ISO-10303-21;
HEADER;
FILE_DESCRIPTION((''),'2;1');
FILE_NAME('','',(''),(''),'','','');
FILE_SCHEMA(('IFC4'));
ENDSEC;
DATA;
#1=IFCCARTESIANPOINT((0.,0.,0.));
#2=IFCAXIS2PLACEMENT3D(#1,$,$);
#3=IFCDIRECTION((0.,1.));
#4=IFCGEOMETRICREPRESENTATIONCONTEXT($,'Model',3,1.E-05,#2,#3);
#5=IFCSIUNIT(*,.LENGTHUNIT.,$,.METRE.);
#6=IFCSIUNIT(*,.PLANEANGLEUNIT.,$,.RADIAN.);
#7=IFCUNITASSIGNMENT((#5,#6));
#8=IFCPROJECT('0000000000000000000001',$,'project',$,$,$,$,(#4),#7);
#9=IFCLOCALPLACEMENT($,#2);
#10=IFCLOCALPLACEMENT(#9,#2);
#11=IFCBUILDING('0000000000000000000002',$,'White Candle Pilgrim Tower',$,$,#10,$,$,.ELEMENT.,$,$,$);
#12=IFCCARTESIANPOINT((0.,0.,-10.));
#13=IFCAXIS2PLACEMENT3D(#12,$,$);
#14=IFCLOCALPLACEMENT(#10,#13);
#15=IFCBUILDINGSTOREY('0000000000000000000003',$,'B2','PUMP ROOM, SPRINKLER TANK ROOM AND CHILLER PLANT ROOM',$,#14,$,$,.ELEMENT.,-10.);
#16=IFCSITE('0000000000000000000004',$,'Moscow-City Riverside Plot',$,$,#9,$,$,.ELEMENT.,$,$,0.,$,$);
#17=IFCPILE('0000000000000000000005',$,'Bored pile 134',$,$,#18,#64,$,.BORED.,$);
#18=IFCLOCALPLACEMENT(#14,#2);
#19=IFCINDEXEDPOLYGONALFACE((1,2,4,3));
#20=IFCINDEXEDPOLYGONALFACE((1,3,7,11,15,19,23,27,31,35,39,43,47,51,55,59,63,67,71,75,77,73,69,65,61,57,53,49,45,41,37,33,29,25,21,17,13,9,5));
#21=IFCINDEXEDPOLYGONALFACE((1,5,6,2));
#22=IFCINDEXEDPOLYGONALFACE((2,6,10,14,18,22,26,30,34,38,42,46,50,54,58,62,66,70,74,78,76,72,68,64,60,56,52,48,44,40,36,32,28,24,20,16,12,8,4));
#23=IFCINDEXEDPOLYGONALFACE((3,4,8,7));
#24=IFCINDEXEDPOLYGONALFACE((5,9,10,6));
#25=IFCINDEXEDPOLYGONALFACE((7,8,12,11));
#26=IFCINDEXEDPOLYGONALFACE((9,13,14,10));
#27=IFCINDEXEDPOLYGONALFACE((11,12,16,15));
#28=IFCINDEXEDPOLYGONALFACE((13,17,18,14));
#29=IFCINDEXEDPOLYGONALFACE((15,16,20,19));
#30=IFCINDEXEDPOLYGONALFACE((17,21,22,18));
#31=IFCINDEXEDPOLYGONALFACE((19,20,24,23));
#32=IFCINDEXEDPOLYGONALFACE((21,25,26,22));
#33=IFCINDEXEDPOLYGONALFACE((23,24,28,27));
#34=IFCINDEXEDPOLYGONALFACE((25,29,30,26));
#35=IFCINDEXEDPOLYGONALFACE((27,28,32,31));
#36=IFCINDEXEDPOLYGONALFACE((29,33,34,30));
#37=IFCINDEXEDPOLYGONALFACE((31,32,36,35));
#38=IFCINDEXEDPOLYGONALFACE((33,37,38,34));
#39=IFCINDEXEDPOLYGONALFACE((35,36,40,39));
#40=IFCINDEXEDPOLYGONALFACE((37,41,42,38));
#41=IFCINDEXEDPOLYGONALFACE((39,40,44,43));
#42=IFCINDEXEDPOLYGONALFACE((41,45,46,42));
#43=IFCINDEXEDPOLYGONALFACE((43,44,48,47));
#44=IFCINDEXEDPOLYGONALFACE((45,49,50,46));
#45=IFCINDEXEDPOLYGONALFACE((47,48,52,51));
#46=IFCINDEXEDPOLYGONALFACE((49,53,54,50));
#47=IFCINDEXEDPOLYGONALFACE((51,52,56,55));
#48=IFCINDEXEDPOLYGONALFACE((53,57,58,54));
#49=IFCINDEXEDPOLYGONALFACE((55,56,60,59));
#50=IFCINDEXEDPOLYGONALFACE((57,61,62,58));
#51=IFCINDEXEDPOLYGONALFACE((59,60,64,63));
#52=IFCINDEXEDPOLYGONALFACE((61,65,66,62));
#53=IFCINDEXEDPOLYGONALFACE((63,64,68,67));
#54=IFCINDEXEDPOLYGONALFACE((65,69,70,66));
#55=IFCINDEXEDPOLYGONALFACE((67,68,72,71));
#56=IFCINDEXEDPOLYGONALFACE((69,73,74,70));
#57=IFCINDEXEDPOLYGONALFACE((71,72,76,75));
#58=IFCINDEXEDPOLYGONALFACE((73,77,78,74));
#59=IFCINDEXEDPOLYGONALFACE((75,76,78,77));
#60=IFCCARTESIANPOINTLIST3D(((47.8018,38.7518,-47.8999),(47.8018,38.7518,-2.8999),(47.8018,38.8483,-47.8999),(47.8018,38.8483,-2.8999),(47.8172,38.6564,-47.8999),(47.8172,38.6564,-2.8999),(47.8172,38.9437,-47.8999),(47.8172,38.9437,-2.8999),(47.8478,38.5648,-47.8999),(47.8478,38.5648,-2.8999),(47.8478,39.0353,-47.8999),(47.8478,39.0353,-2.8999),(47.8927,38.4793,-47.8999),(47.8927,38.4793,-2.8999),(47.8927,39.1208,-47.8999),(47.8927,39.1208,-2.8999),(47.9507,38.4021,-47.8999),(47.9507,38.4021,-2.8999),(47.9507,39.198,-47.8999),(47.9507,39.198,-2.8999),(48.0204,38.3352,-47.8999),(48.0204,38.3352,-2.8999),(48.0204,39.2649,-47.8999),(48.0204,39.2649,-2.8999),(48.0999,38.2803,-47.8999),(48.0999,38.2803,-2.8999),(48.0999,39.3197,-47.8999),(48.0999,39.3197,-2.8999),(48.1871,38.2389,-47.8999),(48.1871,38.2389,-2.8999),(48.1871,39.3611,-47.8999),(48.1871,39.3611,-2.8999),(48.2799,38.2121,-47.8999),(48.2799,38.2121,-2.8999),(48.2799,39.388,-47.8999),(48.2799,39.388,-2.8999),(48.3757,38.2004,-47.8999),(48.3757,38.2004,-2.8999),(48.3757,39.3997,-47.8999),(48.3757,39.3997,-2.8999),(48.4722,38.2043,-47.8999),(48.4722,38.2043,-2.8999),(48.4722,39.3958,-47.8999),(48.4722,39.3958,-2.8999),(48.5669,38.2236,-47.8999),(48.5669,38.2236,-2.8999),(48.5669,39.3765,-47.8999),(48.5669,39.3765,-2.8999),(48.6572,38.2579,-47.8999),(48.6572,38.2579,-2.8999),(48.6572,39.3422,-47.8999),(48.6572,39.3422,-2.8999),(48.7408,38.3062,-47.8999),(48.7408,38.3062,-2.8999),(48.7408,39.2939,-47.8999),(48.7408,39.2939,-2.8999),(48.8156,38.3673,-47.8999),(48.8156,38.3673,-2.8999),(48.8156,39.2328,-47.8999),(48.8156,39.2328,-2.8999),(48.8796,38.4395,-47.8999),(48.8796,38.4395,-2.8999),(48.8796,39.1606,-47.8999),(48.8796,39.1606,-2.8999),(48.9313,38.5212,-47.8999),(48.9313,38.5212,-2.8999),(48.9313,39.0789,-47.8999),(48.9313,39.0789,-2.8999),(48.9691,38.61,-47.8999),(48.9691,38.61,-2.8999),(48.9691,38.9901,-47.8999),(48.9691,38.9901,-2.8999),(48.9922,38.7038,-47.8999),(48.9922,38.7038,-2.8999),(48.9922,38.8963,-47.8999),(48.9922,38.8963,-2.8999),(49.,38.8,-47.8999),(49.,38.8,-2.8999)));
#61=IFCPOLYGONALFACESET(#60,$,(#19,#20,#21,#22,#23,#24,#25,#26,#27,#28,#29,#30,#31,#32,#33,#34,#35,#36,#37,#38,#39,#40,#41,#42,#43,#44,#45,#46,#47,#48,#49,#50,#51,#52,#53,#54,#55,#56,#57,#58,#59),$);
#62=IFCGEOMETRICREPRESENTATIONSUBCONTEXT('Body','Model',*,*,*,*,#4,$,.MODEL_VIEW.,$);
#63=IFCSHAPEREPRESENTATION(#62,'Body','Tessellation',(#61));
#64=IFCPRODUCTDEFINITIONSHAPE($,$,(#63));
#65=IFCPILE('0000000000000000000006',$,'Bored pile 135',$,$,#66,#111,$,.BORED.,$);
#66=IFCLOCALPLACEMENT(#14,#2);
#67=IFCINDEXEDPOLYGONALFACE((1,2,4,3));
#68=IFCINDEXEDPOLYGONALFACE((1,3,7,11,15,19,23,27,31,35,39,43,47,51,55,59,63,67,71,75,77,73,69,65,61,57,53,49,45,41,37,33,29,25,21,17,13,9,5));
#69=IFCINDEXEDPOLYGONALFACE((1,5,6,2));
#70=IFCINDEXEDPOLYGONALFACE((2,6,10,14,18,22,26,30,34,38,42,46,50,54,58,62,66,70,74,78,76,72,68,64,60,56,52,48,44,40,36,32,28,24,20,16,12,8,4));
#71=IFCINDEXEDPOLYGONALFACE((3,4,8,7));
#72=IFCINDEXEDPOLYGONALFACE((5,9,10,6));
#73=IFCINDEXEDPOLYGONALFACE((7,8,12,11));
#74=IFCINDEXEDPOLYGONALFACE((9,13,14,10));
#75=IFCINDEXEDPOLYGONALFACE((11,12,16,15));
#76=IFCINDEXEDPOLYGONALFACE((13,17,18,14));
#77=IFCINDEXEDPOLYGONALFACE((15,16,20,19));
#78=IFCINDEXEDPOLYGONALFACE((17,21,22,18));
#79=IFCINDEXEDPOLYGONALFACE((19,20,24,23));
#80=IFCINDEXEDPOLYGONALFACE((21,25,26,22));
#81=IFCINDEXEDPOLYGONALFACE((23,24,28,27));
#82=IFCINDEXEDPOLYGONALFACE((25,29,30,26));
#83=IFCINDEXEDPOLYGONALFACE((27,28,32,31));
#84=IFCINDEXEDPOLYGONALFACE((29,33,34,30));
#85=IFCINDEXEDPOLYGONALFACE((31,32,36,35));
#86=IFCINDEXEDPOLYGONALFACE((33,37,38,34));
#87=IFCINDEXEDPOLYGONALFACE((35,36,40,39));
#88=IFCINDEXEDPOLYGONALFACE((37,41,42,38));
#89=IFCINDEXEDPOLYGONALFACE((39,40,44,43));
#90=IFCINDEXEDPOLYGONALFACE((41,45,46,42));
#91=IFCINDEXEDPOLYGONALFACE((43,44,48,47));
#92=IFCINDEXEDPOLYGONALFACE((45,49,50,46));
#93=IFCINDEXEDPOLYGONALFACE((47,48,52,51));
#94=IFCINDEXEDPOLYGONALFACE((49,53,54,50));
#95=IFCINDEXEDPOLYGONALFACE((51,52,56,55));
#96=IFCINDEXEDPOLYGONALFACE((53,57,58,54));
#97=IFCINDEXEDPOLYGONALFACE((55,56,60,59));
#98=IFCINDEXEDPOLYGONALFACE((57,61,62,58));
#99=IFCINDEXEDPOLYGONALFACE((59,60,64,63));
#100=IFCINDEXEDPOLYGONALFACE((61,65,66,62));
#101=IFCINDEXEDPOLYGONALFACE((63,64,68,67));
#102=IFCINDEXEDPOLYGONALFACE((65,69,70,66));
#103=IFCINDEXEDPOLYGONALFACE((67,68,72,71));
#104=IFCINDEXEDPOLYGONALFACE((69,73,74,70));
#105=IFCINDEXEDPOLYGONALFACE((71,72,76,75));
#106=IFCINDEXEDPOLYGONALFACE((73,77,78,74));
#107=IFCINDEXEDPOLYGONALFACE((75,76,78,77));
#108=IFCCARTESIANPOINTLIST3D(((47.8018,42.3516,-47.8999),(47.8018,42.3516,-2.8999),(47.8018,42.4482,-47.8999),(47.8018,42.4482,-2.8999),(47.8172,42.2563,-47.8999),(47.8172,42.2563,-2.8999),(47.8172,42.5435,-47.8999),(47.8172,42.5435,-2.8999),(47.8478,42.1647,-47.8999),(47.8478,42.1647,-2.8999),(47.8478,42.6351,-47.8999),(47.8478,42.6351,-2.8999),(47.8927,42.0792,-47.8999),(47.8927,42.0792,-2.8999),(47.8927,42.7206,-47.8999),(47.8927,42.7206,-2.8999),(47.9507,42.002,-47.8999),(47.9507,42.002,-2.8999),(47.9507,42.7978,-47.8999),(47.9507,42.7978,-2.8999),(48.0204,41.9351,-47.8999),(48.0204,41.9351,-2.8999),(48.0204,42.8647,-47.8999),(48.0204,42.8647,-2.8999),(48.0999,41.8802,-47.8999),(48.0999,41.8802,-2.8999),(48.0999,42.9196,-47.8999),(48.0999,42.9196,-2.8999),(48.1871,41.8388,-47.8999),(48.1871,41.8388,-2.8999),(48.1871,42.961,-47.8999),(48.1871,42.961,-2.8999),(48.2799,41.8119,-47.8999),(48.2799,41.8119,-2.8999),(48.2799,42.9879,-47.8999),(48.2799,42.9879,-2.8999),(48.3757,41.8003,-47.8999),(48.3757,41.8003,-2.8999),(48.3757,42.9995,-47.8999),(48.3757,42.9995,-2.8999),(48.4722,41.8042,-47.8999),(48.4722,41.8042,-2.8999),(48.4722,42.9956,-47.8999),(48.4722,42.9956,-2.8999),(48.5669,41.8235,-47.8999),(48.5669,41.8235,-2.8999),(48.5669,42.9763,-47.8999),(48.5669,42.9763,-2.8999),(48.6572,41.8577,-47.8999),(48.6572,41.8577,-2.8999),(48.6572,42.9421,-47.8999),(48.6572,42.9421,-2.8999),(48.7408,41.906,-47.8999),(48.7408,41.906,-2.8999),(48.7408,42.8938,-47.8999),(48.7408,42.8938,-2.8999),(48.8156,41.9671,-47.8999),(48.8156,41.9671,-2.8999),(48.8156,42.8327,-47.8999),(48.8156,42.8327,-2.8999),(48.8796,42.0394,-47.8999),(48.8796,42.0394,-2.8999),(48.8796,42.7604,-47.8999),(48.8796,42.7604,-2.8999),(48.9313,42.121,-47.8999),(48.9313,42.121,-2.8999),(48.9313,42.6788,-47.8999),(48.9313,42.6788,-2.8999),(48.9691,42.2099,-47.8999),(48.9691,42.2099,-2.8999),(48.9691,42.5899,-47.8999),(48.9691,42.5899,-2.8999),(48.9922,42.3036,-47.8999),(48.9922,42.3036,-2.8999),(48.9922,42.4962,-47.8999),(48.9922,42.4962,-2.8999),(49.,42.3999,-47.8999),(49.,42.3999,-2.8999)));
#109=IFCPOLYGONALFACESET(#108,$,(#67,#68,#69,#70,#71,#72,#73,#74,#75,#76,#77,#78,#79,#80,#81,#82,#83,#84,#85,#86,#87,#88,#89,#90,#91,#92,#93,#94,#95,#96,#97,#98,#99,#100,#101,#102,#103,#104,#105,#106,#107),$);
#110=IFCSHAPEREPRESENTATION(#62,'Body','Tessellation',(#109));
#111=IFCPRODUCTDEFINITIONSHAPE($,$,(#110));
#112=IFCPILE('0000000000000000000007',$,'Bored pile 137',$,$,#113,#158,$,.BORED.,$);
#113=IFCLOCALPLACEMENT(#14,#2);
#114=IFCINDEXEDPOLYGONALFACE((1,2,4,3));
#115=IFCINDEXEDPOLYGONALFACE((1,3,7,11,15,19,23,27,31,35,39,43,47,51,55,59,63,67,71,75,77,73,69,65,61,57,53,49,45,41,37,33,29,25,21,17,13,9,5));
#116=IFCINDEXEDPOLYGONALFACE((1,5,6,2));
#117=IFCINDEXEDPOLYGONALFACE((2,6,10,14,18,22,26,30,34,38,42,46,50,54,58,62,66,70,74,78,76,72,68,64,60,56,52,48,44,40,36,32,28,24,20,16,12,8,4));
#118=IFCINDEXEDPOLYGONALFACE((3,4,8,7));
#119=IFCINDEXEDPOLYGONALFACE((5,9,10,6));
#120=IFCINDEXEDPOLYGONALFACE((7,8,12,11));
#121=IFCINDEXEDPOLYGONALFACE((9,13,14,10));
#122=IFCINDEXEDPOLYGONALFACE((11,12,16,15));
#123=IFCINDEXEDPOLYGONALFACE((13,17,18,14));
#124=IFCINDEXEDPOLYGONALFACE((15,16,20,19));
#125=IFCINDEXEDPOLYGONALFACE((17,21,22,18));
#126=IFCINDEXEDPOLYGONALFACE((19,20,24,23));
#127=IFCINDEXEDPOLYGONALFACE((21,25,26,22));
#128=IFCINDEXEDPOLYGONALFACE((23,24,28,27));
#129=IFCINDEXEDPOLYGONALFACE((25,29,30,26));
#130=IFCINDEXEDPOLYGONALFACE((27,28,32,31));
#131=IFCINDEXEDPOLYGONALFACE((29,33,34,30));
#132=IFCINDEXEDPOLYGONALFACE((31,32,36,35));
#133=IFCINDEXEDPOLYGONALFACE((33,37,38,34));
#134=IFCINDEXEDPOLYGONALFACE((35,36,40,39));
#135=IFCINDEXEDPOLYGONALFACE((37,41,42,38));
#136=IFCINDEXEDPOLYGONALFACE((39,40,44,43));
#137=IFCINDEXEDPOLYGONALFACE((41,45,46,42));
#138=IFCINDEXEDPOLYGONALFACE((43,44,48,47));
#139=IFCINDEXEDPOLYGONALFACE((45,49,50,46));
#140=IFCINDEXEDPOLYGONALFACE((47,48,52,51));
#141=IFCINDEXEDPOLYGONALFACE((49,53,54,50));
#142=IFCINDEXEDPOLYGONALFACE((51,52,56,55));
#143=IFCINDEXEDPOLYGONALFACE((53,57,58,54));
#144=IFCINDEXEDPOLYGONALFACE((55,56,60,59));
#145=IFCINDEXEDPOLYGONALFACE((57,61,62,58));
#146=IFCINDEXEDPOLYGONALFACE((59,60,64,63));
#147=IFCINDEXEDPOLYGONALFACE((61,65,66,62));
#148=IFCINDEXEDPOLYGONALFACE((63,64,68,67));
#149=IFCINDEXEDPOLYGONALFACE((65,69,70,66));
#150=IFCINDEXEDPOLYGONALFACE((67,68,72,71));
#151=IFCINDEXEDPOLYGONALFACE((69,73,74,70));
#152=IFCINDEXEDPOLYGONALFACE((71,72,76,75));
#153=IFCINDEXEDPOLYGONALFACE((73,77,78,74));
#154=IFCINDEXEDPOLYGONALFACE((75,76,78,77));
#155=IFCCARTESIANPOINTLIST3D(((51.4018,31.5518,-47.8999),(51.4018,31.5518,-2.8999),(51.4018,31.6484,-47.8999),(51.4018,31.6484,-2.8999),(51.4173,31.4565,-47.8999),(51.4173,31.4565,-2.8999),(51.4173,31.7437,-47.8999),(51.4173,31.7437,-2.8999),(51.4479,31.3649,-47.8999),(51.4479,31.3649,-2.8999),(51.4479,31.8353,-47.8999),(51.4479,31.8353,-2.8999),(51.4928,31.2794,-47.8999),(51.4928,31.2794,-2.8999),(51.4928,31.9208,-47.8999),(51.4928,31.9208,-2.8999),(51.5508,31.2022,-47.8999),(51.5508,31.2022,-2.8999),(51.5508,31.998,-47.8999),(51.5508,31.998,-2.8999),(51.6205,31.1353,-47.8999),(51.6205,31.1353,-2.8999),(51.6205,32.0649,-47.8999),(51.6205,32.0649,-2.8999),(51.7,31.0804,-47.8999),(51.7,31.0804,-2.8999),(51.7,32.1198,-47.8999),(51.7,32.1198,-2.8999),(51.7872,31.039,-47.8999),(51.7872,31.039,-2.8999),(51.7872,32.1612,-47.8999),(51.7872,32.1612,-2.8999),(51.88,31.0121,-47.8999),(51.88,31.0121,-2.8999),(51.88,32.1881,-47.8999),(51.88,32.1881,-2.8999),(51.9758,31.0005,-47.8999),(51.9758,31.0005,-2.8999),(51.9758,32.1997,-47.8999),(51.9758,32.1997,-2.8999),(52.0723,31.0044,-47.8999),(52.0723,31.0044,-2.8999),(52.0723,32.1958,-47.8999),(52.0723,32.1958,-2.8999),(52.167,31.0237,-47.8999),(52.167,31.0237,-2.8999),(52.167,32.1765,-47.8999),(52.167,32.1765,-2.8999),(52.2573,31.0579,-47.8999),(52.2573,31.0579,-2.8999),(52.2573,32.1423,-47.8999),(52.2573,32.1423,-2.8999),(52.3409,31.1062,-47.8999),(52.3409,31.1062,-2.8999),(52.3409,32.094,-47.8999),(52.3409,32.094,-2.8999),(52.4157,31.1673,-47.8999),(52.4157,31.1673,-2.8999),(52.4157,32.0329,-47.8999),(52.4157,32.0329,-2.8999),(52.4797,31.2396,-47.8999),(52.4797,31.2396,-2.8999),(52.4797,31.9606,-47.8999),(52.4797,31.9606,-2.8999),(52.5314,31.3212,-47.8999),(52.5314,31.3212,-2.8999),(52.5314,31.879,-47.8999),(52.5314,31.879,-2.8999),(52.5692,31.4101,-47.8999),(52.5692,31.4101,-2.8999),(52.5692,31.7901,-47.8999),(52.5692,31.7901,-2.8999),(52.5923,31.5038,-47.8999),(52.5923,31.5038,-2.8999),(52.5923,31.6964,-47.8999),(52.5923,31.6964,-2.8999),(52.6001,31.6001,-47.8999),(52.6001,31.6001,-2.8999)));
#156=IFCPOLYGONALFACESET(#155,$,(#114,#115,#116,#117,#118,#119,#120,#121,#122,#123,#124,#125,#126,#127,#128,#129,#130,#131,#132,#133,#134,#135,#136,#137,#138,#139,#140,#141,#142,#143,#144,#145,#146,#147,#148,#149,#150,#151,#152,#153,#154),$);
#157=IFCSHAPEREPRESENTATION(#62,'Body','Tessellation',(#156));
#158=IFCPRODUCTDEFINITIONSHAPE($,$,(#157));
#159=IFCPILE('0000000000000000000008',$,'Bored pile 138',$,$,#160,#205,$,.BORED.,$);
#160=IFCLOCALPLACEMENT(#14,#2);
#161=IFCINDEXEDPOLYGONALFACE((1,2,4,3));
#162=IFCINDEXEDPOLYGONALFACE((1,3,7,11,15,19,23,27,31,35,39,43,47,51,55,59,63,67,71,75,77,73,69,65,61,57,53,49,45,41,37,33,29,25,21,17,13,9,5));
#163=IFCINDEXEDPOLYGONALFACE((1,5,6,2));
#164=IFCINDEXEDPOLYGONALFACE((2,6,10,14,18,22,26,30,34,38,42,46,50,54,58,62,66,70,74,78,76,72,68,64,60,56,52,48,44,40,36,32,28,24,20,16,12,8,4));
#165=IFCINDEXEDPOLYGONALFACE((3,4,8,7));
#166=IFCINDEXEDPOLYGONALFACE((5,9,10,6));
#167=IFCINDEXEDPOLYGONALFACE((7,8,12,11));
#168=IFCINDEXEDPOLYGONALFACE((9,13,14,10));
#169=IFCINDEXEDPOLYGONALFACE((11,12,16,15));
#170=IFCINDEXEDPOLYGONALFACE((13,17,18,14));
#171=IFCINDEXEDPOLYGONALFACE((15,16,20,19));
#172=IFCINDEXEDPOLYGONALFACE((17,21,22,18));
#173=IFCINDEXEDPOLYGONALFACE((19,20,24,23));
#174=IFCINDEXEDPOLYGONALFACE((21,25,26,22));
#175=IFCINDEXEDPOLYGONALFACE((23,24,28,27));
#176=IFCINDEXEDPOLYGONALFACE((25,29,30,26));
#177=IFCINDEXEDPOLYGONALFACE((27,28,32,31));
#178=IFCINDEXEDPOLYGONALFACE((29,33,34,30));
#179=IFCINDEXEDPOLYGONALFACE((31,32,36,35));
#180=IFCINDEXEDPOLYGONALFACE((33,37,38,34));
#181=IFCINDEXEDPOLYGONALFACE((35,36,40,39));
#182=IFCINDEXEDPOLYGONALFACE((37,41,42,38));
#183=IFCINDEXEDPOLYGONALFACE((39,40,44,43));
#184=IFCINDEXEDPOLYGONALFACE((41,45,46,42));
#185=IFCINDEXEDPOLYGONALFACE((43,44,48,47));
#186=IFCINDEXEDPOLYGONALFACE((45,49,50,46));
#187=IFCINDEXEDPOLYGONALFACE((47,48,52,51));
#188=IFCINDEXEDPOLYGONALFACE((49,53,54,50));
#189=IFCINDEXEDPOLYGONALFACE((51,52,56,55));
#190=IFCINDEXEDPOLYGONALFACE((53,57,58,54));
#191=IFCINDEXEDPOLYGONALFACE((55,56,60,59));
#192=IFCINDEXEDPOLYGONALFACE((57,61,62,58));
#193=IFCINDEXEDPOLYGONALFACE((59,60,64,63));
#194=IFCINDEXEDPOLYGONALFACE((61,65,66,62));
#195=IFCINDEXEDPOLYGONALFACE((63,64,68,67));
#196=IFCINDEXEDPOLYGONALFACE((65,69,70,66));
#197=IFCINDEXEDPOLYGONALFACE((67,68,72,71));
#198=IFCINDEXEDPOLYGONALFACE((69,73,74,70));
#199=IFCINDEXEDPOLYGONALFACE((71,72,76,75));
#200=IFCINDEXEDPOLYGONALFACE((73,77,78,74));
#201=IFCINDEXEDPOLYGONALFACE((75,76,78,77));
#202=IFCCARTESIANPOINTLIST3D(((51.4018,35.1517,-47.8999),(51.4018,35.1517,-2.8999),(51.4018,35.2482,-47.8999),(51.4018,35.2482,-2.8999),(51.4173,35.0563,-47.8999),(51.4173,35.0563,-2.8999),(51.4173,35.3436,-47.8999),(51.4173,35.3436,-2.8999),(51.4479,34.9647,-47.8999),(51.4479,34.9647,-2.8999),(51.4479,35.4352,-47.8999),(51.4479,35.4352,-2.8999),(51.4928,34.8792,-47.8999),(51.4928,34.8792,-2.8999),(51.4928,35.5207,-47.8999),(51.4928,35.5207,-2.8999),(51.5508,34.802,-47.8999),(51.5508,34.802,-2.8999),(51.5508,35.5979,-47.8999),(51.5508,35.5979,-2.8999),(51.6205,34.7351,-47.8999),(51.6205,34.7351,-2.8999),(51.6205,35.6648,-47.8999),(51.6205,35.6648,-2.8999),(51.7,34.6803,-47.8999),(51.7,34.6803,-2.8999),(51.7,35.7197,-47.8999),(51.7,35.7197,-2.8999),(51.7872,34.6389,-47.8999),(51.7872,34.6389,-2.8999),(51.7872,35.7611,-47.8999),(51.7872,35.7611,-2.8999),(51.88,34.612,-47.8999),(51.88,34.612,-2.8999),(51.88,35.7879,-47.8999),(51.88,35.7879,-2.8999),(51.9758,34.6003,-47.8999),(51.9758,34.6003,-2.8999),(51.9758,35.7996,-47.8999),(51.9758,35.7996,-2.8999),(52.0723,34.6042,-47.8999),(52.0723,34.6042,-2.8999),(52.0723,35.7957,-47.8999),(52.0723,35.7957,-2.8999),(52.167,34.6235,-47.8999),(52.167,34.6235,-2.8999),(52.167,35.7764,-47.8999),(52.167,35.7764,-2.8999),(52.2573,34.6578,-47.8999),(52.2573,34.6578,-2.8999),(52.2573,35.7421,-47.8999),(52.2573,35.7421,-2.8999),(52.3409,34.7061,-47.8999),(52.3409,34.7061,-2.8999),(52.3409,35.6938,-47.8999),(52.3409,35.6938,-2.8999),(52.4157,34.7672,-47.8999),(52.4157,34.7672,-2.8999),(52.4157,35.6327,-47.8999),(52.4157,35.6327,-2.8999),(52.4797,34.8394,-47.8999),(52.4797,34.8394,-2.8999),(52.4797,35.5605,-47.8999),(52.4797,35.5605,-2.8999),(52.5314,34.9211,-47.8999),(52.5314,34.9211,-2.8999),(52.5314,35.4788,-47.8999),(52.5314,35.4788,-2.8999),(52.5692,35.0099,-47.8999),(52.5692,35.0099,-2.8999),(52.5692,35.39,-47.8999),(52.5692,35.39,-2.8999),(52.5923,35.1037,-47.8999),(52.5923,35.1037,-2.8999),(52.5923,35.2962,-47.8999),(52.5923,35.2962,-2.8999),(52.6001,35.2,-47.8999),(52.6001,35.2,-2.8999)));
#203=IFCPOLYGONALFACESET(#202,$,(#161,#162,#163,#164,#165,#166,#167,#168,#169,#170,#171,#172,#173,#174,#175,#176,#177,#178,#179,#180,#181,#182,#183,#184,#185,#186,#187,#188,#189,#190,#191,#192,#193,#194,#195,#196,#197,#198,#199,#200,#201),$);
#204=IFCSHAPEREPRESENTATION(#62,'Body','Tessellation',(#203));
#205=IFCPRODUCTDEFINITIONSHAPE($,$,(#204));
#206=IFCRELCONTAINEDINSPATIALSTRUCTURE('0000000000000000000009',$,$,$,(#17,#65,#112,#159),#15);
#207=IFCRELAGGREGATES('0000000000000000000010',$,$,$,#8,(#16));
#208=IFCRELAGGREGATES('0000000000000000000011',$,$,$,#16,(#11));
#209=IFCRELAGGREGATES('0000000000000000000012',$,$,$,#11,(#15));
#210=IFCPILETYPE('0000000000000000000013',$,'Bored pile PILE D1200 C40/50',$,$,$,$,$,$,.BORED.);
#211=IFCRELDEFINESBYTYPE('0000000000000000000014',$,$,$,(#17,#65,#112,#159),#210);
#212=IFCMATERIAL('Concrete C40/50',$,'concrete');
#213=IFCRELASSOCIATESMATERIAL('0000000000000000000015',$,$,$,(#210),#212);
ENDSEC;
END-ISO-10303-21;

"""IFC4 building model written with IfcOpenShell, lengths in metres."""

from ifc_helpers import new_model, si_unit, direction, frame, origin, origin_2d, place, context, subcontext, project, spatial, circle, extrude, material, material_profile, profile_set, type_object, element, save


model = new_model("IFC4")

# Units and contexts
model_context = context("Model", 3, precision=1e-05, world=origin(), true_north=direction((0.0, 1.0)))
body_context = subcontext(model_context, "Body", "Model", "MODEL_VIEW")
ifc_project = project(units=[si_unit("LENGTHUNIT", "METRE"), si_unit("PLANEANGLEUNIT", "RADIAN")], contexts=[model_context])

# Site, building, storey
site_placement = place(None, origin())
site = spatial("IfcSite", under=ifc_project, at=site_placement, Name="Moscow-City Riverside Plot", CompositionType="ELEMENT", RefElevation=0.0)
building_placement = place(site_placement, origin())
building = spatial("IfcBuilding", under=site, at=building_placement, Name="White Candle Pilgrim Tower", CompositionType="ELEMENT")
storey_placement = place(building_placement, frame((0.0, 0.0, -10.0)))
storey = spatial("IfcBuildingStorey", under=building, at=storey_placement, Name="B2", Description="PUMP ROOM, SPRINKLER TANK ROOM AND CHILLER PLANT ROOM", CompositionType="ELEMENT", Elevation=-10.0)

# Piles
ifc_material_1 = material(Name="Concrete C40/50", Category="concrete")
ifc_material_profile_1 = material_profile(ifc_material_1, circle(Radius=0.6001, at=origin_2d()), Name="PILE D1200")
ifc_profile_set_1 = profile_set([ifc_material_profile_1], Name="Concrete C40/50")
pile_type_1 = type_object("IfcPileType", Name="Bored pile PILE D1200 C40/50", PredefinedType="BORED", material=ifc_profile_set_1)
for number, where, z_axis, x_axis, name in (
    (1, (48.3999, 38.8, -2.8999), (0.0, 0.0, -1.0), (1.0, 0.0, 0.0), "Bored pile 134"),
    (2, (48.3999, 42.3999, -2.8999), (0.0, 0.0, -1.0), (1.0, 0.0, 0.0), "Bored pile 135"),
    (3, (52.0, 31.6001, -2.8999), (0.0, 0.0, -1.0), (1.0, 0.0, 0.0), "Bored pile 137"),
    (4, (52.0, 35.2, -2.8999), (0.0, 0.0, -1.0), (1.0, 0.0, 0.0), "Bored pile 138"),
):
    element("IfcPile", number, at=place(storey_placement, frame(where, z_axis=z_axis, x_axis=x_axis)), inside=storey, type_object=pile_type_1, Name=name, PredefinedType="BORED", context=body_context, shape_type="SweptSolid", body=[
        extrude(circle(Radius=0.6001, at=origin_2d()), origin(), (0.0, 0.0, 1.0), 45.0),
    ])

save(model, "model.ifc")
